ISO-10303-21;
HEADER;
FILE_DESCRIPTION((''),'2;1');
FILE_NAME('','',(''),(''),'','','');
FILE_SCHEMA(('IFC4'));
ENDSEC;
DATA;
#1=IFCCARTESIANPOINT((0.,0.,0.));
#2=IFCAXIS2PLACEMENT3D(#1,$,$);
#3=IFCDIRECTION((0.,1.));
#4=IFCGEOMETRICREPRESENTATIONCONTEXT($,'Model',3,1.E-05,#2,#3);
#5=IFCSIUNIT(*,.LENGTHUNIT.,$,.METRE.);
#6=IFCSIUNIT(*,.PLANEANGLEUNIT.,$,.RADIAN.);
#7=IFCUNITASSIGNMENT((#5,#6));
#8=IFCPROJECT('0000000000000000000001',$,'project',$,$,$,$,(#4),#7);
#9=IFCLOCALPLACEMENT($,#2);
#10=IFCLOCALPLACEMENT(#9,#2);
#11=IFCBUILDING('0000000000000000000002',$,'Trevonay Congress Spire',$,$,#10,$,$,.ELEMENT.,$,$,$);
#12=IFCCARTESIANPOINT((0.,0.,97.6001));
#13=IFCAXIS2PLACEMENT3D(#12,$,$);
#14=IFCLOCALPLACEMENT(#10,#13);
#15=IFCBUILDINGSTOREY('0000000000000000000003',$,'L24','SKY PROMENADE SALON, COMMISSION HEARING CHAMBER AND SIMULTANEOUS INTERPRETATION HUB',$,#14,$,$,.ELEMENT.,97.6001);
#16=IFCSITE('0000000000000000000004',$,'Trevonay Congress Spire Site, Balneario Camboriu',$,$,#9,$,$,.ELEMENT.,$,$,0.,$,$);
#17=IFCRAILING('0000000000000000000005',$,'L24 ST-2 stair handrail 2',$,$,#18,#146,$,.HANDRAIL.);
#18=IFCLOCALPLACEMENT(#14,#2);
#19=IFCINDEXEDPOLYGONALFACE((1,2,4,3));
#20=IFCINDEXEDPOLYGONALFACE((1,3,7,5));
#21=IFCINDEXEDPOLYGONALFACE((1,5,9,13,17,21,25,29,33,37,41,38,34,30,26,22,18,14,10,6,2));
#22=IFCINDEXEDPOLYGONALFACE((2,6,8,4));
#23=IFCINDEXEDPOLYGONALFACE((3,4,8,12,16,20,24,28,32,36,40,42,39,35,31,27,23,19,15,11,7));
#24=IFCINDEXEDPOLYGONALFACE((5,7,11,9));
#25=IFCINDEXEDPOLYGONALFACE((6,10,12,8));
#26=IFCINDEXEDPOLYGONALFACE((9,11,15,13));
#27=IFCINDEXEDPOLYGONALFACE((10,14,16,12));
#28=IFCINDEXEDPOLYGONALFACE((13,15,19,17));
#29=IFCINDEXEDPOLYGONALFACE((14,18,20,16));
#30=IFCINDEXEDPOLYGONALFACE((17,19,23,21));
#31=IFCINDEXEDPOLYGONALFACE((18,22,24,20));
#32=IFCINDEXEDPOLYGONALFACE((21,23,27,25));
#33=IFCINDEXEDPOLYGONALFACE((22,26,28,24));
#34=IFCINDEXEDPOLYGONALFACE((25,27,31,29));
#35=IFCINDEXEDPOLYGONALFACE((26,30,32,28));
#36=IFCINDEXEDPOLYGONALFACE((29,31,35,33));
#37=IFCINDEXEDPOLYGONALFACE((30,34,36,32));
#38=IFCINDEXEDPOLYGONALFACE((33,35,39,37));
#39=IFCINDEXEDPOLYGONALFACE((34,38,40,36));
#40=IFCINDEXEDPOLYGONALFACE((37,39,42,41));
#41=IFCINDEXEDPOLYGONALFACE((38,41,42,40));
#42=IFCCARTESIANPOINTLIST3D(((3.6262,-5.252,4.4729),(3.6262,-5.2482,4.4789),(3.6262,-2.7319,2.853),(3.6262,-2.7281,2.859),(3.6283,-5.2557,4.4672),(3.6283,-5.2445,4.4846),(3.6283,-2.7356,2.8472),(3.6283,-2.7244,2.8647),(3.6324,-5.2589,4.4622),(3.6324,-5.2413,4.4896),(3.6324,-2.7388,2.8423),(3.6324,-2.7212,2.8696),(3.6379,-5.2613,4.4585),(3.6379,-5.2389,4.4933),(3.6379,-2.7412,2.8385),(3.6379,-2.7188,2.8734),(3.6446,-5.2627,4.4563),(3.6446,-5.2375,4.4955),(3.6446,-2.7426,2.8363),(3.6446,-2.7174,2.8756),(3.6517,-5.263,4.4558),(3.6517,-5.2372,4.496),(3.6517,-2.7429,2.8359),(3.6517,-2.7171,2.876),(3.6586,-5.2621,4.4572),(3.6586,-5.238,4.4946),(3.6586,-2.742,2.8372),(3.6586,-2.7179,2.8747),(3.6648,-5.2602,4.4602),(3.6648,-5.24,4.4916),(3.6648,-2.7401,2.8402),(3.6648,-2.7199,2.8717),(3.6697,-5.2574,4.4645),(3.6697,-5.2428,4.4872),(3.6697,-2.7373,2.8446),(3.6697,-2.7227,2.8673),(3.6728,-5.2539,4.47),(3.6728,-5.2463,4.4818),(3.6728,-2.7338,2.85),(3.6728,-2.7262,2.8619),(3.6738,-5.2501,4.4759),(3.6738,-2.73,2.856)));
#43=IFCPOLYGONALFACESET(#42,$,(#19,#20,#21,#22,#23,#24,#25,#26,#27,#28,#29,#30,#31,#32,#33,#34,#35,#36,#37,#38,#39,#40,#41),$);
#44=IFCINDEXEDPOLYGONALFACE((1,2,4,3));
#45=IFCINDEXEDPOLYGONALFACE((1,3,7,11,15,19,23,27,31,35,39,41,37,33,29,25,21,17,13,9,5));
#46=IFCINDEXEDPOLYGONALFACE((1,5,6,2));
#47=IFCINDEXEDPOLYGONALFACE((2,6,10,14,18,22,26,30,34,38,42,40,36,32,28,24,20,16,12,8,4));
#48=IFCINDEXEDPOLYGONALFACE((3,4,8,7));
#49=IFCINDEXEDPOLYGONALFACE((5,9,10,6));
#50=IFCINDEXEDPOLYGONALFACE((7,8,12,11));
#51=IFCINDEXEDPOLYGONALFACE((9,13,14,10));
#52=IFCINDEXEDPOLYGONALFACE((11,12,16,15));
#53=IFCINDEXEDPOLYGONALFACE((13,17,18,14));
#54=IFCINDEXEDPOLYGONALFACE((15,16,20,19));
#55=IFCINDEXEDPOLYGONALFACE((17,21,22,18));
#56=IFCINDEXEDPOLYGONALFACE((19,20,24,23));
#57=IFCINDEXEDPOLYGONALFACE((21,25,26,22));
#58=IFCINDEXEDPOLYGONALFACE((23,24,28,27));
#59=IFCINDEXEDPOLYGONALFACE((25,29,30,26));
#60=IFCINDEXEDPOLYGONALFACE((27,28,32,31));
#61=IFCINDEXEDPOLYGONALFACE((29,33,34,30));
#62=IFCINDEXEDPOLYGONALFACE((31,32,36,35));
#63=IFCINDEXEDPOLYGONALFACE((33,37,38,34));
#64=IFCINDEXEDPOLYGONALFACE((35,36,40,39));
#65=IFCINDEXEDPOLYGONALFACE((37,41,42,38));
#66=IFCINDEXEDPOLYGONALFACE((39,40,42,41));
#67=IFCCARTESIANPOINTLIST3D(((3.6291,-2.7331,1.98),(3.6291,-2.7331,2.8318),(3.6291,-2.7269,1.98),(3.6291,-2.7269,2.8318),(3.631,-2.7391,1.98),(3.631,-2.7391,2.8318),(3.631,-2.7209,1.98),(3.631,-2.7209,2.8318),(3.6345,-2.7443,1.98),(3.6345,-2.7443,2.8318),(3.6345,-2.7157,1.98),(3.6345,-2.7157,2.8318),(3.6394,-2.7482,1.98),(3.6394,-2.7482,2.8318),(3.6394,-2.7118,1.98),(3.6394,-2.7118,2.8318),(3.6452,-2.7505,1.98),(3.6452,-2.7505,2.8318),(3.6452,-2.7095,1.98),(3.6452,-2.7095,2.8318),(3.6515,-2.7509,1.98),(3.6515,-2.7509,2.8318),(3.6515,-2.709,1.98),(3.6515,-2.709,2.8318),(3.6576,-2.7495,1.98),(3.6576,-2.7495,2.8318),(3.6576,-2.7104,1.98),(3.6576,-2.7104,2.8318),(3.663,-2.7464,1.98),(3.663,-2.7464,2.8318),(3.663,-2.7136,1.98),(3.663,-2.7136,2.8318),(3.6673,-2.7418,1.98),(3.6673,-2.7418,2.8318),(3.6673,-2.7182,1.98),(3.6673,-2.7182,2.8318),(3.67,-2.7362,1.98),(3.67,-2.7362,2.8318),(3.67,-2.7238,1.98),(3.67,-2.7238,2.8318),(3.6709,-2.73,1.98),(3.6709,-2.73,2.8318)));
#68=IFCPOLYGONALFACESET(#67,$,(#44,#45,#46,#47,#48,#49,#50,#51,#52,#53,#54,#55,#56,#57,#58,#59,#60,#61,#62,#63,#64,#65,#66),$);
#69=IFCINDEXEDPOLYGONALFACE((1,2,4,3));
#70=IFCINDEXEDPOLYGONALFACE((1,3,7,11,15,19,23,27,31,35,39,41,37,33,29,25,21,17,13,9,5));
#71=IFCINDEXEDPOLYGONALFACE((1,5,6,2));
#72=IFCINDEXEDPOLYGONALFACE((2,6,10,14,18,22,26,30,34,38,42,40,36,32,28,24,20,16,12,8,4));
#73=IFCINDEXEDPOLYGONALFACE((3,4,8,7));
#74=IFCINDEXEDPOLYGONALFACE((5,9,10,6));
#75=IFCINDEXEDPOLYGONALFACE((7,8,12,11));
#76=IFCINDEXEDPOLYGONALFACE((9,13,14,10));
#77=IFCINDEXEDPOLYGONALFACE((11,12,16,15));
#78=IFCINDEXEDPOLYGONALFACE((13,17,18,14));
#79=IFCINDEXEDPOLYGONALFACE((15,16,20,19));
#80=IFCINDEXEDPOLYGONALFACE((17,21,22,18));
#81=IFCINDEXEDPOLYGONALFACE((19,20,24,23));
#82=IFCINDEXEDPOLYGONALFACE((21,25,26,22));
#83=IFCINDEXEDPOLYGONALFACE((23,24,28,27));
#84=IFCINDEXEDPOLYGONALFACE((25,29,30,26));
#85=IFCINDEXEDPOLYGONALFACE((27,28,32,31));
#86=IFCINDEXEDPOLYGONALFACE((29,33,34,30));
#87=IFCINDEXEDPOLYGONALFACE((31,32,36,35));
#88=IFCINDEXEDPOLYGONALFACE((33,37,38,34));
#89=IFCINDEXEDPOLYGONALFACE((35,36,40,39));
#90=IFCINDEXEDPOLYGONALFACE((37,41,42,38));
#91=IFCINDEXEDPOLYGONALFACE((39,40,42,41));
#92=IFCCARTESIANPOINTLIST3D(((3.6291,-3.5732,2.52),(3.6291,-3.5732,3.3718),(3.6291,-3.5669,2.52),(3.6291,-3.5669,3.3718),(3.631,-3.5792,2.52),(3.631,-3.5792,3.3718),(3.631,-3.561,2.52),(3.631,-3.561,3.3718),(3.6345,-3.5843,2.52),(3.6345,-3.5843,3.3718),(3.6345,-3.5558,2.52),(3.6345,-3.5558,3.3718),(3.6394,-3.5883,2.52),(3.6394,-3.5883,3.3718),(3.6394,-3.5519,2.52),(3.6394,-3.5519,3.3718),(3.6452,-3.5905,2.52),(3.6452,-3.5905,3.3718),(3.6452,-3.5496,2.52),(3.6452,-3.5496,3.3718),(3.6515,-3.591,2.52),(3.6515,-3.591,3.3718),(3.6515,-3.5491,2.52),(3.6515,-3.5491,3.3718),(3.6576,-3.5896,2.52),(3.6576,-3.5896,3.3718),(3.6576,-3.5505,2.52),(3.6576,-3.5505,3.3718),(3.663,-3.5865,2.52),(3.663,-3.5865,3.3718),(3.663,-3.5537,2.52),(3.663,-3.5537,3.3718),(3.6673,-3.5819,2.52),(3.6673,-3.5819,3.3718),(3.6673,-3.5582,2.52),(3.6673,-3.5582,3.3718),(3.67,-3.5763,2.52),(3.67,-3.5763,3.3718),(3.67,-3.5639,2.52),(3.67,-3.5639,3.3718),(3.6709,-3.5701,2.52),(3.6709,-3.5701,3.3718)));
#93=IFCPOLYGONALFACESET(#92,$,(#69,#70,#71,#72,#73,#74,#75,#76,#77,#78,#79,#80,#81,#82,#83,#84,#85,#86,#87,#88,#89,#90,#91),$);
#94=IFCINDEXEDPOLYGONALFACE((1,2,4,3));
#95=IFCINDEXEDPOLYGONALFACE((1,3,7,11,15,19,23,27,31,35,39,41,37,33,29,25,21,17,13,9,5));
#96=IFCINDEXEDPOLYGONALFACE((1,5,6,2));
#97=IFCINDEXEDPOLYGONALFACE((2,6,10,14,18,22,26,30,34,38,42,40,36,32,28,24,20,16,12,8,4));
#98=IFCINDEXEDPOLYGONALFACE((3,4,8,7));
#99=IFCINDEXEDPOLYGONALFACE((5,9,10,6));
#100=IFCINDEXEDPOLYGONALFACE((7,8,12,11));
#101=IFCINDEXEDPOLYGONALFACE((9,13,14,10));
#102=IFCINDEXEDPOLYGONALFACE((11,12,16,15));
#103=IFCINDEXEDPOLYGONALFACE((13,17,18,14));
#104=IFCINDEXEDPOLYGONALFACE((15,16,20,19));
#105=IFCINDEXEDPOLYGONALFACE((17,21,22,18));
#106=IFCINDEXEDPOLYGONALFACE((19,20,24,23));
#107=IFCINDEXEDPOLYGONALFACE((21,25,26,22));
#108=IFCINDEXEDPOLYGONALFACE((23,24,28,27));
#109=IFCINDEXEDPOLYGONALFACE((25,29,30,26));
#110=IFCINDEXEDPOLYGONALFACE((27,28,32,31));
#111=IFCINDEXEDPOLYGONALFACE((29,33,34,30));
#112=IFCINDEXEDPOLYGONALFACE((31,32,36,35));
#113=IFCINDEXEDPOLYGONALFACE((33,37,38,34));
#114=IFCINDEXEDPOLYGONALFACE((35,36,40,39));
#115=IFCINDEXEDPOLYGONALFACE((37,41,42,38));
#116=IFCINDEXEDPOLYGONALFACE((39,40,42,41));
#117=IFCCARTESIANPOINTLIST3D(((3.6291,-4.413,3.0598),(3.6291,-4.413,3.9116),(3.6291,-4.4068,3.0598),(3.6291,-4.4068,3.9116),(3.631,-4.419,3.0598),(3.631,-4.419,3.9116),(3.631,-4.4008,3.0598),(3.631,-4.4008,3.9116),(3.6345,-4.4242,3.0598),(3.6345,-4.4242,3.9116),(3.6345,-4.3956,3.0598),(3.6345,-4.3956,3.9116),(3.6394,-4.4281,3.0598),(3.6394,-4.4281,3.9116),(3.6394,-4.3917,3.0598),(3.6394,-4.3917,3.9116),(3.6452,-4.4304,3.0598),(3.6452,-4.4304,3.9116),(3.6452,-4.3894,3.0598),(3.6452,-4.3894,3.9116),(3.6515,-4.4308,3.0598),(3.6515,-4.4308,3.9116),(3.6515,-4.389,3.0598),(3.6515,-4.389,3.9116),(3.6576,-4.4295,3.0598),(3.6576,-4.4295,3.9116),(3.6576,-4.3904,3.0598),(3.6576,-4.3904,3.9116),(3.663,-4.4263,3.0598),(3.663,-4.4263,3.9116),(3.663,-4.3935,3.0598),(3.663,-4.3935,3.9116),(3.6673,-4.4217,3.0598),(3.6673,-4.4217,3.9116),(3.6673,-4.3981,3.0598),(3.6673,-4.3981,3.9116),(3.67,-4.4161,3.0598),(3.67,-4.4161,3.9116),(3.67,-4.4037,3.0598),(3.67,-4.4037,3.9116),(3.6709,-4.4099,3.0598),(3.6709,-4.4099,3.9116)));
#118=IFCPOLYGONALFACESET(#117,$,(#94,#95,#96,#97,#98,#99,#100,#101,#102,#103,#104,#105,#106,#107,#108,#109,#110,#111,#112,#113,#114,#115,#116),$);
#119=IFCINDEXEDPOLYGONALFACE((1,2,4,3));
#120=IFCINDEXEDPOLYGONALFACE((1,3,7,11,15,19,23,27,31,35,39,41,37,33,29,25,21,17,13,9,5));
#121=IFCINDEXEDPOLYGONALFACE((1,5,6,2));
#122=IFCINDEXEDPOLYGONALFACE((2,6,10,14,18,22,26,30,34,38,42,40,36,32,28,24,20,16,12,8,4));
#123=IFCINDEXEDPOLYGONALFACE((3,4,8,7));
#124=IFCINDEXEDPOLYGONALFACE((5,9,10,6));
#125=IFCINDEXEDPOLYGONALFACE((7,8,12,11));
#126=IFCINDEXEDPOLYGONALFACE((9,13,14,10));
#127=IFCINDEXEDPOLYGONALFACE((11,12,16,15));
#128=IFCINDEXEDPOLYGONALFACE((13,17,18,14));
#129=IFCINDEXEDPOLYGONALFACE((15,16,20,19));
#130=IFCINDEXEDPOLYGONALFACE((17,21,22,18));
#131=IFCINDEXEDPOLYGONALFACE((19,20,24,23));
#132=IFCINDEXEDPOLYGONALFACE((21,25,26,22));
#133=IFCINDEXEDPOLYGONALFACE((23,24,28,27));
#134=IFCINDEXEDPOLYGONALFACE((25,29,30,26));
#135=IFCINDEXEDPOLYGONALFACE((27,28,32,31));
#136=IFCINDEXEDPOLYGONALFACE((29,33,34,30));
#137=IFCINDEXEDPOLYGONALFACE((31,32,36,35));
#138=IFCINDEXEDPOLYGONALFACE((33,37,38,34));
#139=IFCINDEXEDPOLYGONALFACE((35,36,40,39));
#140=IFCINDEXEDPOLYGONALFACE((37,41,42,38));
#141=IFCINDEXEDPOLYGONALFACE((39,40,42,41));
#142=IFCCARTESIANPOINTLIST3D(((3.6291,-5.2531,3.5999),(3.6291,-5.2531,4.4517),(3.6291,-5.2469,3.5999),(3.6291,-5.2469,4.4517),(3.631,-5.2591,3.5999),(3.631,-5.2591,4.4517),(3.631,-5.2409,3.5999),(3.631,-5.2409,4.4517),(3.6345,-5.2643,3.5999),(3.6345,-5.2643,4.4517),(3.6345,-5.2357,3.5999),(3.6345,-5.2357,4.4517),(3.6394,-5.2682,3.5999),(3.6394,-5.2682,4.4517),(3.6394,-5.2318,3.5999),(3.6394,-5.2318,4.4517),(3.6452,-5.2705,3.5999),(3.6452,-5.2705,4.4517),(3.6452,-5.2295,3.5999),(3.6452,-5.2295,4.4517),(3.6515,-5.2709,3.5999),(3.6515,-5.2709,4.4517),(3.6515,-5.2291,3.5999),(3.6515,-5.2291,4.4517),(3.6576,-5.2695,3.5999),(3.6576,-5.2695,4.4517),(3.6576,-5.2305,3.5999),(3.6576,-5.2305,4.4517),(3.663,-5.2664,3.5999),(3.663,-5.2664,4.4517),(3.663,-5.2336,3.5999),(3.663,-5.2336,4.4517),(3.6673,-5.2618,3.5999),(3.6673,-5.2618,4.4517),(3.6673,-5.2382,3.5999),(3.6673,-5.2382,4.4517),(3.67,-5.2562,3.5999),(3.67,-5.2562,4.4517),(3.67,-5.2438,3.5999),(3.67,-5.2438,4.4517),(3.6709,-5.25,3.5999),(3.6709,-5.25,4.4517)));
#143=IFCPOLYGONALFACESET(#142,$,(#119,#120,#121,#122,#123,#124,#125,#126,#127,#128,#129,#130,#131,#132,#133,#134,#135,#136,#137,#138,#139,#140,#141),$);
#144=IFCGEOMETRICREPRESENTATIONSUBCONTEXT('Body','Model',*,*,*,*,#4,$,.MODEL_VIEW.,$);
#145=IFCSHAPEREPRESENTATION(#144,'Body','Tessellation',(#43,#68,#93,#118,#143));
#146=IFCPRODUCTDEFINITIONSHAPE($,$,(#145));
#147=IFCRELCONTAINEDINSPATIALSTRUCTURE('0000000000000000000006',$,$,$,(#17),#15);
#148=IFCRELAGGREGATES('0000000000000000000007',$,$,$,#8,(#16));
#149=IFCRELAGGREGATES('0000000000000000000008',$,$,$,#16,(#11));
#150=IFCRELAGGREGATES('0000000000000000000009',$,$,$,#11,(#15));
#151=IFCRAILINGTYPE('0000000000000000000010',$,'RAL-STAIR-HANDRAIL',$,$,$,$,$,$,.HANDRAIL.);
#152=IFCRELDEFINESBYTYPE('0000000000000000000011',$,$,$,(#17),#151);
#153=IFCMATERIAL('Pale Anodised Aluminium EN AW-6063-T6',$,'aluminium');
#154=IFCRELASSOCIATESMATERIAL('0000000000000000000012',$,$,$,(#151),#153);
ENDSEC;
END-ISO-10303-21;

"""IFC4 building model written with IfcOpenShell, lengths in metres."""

from ifc_helpers import new_model, si_unit, direction, frame, origin, origin_2d, place, context, subcontext, project, spatial, circle, extrude, material, type_object, element, save


model = new_model("IFC4")

# Units and contexts
model_context = context("Model", 3, precision=1e-05, world=origin(), true_north=direction((0.0, 1.0)))
body_context = subcontext(model_context, "Body", "Model", "MODEL_VIEW")
ifc_project = project(units=[si_unit("LENGTHUNIT", "METRE"), si_unit("PLANEANGLEUNIT", "RADIAN")], contexts=[model_context])

# Site, building, storey
site_placement = place(None, origin())
site = spatial("IfcSite", under=ifc_project, at=site_placement, Name="Trevonay Congress Spire Site, Balneario Camboriu", CompositionType="ELEMENT", RefElevation=0.0)
building_placement = place(site_placement, origin())
building = spatial("IfcBuilding", under=site, at=building_placement, Name="Trevonay Congress Spire", CompositionType="ELEMENT")
storey_placement = place(building_placement, frame((0.0, 0.0, 97.6001)))
storey = spatial("IfcBuildingStorey", under=building, at=storey_placement, Name="L24", Description="SKY PROMENADE SALON, COMMISSION HEARING CHAMBER AND SIMULTANEOUS INTERPRETATION HUB", CompositionType="ELEMENT", Elevation=97.6001)

# Railing
ifc_material_1 = material(Name="Pale Anodised Aluminium EN AW-6063-T6", Category="aluminium")
railing_type_1 = type_object("IfcRailingType", Name="RAL-STAIR-HANDRAIL", PredefinedType="HANDRAIL", material=ifc_material_1)
railing_1_placement = place(storey_placement, frame((3.6499, -2.73, 1.98)))
element("IfcRailing", 1, at=railing_1_placement, inside=storey, type_object=railing_type_1, Name="L24 ST-2 stair handrail 2", PredefinedType="HANDRAIL", context=body_context, shape_type="SweptSolid", body=[
    extrude(circle(Radius=0.0239, at=origin_2d()), frame((0.0, 0.0, 0.876), z_axis=(0.0, -0.8412, 0.540725), x_axis=(1.0, 0.0, 0.0)), (0.0, 0.0, 1.0), 2.9958),
    extrude(circle(Radius=0.021, at=origin_2d()), origin(), (0.0, 0.0, 1.0), 0.8518),
    extrude(circle(Radius=0.021, at=origin_2d()), frame((0.0, -0.8401, 0.54)), (0.0, 0.0, 1.0), 0.8518),
    extrude(circle(Radius=0.021, at=origin_2d()), frame((0.0, -1.6799, 1.0798)), (0.0, 0.0, 1.0), 0.8518),
    extrude(circle(Radius=0.021, at=origin_2d()), frame((0.0, -2.52, 1.6199)), (0.0, 0.0, 1.0), 0.8518),
])

save(model, "model.ifc")
